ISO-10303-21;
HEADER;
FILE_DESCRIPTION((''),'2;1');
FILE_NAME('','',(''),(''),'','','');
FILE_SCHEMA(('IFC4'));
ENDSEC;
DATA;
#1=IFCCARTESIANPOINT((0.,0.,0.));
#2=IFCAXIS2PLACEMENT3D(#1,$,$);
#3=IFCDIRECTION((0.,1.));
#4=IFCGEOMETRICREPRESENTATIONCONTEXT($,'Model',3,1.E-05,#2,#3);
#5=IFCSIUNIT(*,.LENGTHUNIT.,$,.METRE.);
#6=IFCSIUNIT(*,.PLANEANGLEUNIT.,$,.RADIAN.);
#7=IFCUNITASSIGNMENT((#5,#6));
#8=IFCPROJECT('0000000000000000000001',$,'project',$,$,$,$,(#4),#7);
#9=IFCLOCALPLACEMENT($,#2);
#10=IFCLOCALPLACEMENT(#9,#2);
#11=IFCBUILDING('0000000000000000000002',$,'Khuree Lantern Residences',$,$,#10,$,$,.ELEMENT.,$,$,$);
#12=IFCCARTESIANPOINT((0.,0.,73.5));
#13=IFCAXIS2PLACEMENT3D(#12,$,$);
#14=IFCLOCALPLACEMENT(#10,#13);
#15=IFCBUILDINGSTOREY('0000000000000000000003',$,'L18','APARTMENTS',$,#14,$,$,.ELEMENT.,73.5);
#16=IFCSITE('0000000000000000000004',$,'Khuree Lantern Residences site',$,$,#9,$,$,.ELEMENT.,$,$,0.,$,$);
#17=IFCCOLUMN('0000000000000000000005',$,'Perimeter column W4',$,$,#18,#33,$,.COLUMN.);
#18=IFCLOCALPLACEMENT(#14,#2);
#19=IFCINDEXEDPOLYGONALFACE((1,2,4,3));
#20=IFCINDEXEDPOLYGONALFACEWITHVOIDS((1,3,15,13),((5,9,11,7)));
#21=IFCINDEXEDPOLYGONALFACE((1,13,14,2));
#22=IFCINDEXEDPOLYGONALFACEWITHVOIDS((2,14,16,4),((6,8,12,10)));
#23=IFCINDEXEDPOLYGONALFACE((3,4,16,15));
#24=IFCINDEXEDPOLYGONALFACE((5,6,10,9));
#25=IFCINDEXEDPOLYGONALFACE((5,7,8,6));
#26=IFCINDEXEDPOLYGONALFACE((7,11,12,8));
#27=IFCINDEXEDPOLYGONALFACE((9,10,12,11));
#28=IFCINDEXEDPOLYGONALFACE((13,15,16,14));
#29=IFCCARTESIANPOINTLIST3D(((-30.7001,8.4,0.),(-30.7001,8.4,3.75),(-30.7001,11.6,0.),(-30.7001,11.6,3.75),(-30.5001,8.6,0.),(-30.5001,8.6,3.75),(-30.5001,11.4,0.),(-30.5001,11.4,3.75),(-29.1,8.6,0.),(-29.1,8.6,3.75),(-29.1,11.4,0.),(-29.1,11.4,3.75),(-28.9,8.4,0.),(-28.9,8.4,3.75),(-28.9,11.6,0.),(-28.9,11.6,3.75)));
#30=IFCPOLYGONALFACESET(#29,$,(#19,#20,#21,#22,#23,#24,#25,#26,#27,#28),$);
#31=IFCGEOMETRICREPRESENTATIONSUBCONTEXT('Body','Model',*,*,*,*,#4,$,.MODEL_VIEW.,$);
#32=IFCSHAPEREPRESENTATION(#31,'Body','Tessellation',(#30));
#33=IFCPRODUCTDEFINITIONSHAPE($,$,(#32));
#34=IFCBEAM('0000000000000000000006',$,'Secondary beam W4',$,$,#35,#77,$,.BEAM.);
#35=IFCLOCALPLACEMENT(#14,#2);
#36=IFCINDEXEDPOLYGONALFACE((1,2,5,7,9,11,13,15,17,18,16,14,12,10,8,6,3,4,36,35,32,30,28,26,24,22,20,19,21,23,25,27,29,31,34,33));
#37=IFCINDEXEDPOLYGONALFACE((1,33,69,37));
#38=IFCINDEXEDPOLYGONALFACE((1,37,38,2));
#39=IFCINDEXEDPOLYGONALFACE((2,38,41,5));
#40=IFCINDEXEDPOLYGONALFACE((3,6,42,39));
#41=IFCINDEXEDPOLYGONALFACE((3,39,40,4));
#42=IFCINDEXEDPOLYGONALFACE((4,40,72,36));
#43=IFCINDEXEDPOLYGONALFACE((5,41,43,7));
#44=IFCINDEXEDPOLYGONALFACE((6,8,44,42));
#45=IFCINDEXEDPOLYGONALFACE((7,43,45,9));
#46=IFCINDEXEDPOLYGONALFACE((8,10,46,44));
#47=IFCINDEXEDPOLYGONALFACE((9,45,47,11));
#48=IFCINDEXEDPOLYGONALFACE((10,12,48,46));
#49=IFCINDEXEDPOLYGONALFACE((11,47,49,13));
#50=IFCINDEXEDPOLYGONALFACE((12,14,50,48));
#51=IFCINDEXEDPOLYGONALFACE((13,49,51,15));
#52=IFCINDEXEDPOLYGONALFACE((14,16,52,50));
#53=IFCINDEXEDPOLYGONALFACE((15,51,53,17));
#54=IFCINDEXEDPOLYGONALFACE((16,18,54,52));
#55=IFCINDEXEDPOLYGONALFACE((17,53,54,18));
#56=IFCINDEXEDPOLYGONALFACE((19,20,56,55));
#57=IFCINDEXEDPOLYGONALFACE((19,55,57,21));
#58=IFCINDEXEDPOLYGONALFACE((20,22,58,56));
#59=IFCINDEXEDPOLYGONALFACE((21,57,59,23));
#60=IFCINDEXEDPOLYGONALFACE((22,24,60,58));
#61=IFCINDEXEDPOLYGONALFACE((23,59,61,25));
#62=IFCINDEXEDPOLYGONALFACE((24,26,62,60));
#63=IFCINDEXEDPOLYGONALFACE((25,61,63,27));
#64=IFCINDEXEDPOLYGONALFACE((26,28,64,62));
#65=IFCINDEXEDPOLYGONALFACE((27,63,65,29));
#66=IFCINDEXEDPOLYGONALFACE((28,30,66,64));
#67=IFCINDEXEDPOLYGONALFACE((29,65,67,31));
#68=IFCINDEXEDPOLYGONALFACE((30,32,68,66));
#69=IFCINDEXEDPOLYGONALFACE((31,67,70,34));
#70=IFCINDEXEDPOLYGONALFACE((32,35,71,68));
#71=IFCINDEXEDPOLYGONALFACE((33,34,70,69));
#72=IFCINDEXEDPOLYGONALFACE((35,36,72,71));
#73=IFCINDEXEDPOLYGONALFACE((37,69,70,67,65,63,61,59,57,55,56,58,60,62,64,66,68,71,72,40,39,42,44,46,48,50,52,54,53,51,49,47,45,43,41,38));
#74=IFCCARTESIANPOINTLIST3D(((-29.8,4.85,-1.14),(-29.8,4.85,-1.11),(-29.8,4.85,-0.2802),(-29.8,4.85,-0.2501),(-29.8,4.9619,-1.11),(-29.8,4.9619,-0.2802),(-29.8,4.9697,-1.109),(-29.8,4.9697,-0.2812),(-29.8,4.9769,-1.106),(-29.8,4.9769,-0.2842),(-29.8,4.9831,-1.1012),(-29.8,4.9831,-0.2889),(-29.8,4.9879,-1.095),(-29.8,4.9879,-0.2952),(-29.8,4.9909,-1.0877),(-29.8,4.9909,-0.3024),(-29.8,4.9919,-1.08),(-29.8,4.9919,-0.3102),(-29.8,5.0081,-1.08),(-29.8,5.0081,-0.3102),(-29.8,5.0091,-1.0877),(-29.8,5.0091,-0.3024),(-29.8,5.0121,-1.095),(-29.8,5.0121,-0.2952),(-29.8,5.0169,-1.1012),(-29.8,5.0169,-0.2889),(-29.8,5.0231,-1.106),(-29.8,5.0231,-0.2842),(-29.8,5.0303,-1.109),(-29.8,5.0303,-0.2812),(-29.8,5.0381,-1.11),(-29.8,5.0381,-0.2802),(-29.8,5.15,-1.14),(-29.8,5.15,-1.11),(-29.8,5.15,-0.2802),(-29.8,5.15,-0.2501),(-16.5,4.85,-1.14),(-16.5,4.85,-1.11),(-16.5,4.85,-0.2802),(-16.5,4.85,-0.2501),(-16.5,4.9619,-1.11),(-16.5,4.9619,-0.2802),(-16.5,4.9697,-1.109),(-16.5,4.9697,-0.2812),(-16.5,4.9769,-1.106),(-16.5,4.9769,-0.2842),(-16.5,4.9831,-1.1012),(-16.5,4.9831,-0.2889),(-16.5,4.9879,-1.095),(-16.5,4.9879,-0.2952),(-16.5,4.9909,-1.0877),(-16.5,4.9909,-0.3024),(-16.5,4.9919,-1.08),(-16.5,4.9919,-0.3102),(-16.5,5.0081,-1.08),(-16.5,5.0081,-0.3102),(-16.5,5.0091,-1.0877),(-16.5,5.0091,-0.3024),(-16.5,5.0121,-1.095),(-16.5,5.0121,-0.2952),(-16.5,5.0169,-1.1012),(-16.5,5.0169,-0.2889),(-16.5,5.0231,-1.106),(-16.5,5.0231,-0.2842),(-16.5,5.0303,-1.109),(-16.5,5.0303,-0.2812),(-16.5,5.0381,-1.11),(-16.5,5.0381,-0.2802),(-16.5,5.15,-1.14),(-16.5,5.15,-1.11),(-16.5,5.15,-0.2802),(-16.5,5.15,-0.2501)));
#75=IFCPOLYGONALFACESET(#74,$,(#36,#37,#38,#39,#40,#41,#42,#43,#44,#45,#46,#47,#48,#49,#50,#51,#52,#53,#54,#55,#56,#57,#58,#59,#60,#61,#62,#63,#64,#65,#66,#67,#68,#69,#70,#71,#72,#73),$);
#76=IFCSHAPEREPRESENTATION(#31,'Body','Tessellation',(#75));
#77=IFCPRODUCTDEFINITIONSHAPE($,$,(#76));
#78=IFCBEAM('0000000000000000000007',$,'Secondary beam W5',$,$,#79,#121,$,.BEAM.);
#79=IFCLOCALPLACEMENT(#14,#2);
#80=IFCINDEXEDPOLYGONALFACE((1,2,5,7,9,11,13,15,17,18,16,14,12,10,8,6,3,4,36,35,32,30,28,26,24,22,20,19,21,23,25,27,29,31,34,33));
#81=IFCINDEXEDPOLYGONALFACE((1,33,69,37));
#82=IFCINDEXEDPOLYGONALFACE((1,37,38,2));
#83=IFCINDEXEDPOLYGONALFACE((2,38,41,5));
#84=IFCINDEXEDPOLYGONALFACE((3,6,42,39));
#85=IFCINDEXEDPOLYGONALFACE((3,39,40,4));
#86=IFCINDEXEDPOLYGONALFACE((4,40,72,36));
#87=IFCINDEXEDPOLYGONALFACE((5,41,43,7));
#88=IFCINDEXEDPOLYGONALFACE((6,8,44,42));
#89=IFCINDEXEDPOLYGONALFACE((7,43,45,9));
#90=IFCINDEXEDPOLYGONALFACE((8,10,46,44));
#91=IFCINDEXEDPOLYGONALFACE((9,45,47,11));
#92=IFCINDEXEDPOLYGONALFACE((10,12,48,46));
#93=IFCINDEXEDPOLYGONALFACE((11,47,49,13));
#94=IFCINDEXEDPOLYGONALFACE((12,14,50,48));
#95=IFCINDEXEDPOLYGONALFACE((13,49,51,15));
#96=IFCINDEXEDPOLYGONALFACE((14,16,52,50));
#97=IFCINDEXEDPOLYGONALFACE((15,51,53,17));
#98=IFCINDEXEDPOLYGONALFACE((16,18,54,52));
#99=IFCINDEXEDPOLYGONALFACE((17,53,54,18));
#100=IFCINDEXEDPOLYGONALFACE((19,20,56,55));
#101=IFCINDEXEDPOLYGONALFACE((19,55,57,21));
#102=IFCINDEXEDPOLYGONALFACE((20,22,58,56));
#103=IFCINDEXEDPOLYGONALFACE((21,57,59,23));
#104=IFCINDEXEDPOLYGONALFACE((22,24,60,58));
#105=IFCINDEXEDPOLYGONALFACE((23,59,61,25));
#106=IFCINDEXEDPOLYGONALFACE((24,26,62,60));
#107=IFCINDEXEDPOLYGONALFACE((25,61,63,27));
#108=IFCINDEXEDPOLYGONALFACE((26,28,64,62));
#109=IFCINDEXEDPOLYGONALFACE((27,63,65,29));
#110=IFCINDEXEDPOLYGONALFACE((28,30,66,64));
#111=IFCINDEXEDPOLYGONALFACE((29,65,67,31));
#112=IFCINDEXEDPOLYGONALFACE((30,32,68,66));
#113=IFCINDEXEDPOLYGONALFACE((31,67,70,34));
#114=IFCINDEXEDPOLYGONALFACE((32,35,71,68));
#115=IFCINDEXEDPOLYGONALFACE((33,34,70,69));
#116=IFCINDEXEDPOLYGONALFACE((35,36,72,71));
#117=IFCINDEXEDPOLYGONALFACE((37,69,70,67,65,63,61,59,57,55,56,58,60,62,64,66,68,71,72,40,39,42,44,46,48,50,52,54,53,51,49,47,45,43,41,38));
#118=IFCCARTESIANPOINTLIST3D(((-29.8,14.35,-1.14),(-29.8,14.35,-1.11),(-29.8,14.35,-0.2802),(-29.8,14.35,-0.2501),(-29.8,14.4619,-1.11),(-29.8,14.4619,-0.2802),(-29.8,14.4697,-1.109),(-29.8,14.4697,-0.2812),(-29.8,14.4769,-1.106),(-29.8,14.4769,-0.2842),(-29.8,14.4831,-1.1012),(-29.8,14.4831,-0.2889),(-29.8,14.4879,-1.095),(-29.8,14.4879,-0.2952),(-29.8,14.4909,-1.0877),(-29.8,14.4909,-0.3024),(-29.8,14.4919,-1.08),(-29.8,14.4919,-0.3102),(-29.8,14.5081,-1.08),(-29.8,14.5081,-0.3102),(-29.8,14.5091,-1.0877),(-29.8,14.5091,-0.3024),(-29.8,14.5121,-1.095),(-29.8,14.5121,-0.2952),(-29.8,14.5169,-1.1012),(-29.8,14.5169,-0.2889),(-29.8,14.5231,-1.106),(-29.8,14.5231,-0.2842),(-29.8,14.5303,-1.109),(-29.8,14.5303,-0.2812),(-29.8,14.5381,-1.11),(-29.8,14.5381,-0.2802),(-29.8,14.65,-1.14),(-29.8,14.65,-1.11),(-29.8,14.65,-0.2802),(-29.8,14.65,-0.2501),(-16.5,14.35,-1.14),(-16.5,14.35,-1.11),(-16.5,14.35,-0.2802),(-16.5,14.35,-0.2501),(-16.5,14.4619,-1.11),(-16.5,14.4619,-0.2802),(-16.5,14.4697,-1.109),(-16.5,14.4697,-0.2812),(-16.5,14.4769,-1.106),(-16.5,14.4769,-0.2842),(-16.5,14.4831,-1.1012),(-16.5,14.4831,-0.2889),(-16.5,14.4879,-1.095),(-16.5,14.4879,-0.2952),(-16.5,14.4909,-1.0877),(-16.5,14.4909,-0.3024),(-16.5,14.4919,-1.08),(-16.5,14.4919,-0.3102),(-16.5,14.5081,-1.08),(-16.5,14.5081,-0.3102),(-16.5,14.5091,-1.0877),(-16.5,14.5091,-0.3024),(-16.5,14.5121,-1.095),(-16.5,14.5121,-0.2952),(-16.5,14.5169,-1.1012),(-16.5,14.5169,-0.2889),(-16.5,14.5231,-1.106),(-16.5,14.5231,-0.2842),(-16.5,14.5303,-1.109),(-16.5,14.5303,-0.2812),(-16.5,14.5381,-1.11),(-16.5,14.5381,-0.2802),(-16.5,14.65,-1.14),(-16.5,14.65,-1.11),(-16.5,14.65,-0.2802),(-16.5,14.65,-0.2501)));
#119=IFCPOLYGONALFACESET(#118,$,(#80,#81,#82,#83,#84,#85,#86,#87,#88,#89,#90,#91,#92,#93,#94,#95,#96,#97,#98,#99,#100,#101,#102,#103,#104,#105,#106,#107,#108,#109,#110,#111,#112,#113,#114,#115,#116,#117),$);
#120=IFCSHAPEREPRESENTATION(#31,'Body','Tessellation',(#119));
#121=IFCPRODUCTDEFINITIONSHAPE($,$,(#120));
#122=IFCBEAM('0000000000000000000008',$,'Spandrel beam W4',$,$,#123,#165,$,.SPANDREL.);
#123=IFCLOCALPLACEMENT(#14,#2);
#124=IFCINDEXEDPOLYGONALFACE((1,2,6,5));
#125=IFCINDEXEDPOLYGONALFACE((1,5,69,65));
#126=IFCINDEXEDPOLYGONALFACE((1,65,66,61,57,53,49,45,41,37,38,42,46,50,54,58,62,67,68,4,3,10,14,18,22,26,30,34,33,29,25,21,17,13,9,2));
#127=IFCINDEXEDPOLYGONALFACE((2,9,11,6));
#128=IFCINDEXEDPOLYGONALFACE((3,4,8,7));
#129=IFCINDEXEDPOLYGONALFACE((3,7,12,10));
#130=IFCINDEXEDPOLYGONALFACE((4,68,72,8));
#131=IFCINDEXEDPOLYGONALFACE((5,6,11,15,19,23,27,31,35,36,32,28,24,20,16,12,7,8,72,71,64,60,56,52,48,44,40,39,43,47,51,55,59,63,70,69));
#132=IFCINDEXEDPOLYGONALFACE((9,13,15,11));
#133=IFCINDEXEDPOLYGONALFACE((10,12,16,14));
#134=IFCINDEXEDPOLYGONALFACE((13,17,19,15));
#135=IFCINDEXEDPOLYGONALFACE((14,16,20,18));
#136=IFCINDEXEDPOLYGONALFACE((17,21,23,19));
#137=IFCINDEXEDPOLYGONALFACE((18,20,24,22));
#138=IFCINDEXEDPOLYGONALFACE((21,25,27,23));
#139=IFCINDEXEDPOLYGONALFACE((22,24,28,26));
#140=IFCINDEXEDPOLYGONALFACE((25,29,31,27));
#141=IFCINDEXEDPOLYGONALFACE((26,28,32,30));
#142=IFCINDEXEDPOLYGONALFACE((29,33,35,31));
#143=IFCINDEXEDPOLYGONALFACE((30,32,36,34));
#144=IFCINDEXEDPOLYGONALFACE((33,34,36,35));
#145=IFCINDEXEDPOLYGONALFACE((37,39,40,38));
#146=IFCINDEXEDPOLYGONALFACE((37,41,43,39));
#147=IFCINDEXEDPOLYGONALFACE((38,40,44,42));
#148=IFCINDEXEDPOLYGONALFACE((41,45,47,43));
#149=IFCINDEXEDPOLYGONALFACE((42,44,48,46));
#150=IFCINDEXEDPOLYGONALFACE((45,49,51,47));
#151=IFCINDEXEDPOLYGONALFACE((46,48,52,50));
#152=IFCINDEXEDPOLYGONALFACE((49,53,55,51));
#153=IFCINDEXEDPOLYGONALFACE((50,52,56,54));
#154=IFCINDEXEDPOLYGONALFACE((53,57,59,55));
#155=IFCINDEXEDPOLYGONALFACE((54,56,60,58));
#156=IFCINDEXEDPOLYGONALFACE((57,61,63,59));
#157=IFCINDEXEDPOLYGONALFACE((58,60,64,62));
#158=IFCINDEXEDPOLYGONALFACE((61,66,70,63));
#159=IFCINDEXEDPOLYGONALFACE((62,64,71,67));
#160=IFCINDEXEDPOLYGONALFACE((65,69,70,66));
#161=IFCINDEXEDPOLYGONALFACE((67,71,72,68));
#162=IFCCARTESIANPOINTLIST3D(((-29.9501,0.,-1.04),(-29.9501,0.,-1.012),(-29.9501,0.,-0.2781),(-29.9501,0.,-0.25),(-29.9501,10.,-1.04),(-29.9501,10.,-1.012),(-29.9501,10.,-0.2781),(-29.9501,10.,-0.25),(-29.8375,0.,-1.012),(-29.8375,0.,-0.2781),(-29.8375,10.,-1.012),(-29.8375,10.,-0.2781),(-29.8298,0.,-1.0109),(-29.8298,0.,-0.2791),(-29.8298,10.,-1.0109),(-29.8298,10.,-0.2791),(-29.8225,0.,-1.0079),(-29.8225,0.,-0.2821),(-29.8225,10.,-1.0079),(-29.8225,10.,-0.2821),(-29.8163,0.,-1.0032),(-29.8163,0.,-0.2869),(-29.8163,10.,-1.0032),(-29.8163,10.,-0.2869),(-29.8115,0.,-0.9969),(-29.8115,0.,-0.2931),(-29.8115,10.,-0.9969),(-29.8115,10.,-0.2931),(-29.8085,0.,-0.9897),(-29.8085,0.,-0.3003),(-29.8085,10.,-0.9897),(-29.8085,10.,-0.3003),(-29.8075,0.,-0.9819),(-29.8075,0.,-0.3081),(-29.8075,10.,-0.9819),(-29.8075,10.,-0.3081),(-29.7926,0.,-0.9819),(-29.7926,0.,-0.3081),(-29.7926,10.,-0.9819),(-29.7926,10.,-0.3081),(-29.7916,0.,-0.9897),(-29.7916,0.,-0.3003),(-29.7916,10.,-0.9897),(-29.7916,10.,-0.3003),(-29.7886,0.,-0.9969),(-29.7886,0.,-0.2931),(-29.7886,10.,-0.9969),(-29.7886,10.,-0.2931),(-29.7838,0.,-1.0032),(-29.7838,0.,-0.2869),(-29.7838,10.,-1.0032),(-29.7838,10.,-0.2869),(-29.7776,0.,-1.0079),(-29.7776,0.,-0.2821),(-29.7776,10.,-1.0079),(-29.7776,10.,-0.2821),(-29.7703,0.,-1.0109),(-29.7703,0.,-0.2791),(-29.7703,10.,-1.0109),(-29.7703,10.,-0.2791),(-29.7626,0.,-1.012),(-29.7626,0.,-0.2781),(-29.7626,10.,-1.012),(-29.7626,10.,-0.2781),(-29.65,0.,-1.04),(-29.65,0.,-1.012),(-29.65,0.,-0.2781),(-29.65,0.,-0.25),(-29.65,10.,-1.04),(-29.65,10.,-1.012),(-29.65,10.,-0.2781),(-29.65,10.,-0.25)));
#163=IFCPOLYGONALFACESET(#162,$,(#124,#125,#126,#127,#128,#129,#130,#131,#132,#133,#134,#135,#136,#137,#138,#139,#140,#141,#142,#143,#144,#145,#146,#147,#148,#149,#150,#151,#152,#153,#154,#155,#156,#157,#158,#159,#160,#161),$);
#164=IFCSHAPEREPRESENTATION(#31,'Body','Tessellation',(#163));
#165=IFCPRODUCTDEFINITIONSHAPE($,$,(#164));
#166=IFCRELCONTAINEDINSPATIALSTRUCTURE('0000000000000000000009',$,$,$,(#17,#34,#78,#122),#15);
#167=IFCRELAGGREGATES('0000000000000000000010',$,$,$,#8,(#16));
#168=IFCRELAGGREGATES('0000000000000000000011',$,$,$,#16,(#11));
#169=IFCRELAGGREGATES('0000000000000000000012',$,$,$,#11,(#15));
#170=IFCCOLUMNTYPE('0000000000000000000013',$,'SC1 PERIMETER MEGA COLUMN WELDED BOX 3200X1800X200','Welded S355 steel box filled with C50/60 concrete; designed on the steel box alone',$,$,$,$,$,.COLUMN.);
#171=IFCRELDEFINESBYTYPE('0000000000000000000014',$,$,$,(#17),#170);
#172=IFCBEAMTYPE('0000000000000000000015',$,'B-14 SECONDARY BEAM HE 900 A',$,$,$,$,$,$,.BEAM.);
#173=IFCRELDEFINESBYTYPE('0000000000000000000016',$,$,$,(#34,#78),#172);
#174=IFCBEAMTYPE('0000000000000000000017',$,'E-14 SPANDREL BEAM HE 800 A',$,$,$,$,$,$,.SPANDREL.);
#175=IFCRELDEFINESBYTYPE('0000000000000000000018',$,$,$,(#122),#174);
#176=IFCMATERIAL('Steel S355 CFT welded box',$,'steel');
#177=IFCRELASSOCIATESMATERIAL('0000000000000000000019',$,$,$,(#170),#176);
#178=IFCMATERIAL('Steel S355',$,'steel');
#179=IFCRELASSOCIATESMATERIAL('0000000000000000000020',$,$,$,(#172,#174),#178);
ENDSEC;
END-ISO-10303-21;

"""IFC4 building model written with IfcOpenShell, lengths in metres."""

from ifc_helpers import new_model, si_unit, direction, frame, origin, origin_2d, place, context, subcontext, project, spatial, hollow_rectangle, i_section, extrude, material, material_profile, profile_set, type_object, element, save


model = new_model("IFC4")

# Units and contexts
model_context = context("Model", 3, precision=1e-05, world=origin(), true_north=direction((0.0, 1.0)))
body_context = subcontext(model_context, "Body", "Model", "MODEL_VIEW")
ifc_project = project(units=[si_unit("LENGTHUNIT", "METRE"), si_unit("PLANEANGLEUNIT", "RADIAN")], contexts=[model_context])

# Site, building, storey
site_placement = place(None, origin())
site = spatial("IfcSite", under=ifc_project, at=site_placement, Name="Khuree Lantern Residences site", CompositionType="ELEMENT", RefElevation=0.0)
building_placement = place(site_placement, origin())
building = spatial("IfcBuilding", under=site, at=building_placement, Name="Khuree Lantern Residences", CompositionType="ELEMENT")
storey_placement = place(building_placement, frame((0.0, 0.0, 73.5)))
storey = spatial("IfcBuildingStorey", under=building, at=storey_placement, Name="L18", Description="APARTMENTS", CompositionType="ELEMENT", Elevation=73.5)

# Column
ifc_material_1 = material(Name="Steel S355 CFT welded box", Category="steel")
ifc_material_profile_1 = material_profile(ifc_material_1, hollow_rectangle(XDim=3.2, YDim=1.8, WallThickness=0.2, at=origin_2d()), Name="WELDED BOX 3200X1800X200")
ifc_profile_set_1 = profile_set([ifc_material_profile_1], Name="Steel S355 CFT welded box")
column_type = type_object("IfcColumnType", Name="SC1 PERIMETER MEGA COLUMN WELDED BOX 3200X1800X200", Description="Welded S355 steel box filled with C50/60 concrete; designed on the steel box alone", PredefinedType="COLUMN", material=ifc_profile_set_1)
column_placement = place(storey_placement, frame((-29.8, 10.0, 0.0), z_axis=(0.0, 0.0, 1.0), x_axis=(0.0, 1.0, 0.0)))
element("IfcColumn", 1, at=column_placement, inside=storey, type_object=column_type, Name="Perimeter column W4", PredefinedType="COLUMN", context=body_context, shape_type="SweptSolid", body=[
    extrude(hollow_rectangle(XDim=3.2, YDim=1.8, WallThickness=0.2, at=origin_2d()), origin(), (0.0, 0.0, 1.0), 3.75),
])

# Beams
ifc_material_2 = material(Name="Steel S355", Category="steel")
ifc_material_profile_2 = material_profile(ifc_material_2, i_section(OverallWidth=0.3, OverallDepth=0.8899, WebThickness=0.0161, FlangeThickness=0.03, FilletRadius=0.03, at=origin_2d()), Name="HE 900 A")
ifc_profile_set_2 = profile_set([ifc_material_profile_2], Name="Steel S355")
beam_type_1 = type_object("IfcBeamType", Name="B-14 SECONDARY BEAM HE 900 A", PredefinedType="BEAM", material=ifc_profile_set_2)
for number, where, z_axis, x_axis, name in (
    (2, (-29.8, 5.0, -0.6951), (1.0, 0.0, 0.0), (0.0, 1.0, 0.0), "Secondary beam W4"),
    (3, (-29.8, 14.5, -0.6951), (1.0, 0.0, 0.0), (0.0, 1.0, 0.0), "Secondary beam W5"),
):
    element("IfcBeam", number, at=place(storey_placement, frame(where, z_axis=z_axis, x_axis=x_axis)), inside=storey, type_object=beam_type_1, Name=name, PredefinedType="BEAM", context=body_context, shape_type="SweptSolid", body=[
        extrude(i_section(OverallWidth=0.3, OverallDepth=0.8899, WebThickness=0.0161, FlangeThickness=0.03, FilletRadius=0.03, at=origin_2d()), origin(), (0.0, 0.0, 1.0), 13.3),
    ])
ifc_material_profile_3 = material_profile(ifc_material_2, i_section(OverallWidth=0.3, OverallDepth=0.79, WebThickness=0.0149, FlangeThickness=0.0281, FilletRadius=0.03, at=origin_2d()), Name="HE 800 A")
ifc_profile_set_3 = profile_set([ifc_material_profile_3], Name="Steel S355")
beam_type_2 = type_object("IfcBeamType", Name="E-14 SPANDREL BEAM HE 800 A", PredefinedType="SPANDREL", material=ifc_profile_set_3)
for number, where, z_axis, x_axis, name in (
    (4, (-29.8, 0.0, -0.645), (0.0, 1.0, 0.0), (-1.0, 0.0, 0.0), "Spandrel beam W4"),
):
    element("IfcBeam", number, at=place(storey_placement, frame(where, z_axis=z_axis, x_axis=x_axis)), inside=storey, type_object=beam_type_2, Name=name, PredefinedType="SPANDREL", context=body_context, shape_type="SweptSolid", body=[
        extrude(i_section(OverallWidth=0.3, OverallDepth=0.79, WebThickness=0.0149, FlangeThickness=0.0281, FilletRadius=0.03, at=origin_2d()), origin(), (0.0, 0.0, 1.0), 10.0),
    ])

save(model, "model.ifc")
